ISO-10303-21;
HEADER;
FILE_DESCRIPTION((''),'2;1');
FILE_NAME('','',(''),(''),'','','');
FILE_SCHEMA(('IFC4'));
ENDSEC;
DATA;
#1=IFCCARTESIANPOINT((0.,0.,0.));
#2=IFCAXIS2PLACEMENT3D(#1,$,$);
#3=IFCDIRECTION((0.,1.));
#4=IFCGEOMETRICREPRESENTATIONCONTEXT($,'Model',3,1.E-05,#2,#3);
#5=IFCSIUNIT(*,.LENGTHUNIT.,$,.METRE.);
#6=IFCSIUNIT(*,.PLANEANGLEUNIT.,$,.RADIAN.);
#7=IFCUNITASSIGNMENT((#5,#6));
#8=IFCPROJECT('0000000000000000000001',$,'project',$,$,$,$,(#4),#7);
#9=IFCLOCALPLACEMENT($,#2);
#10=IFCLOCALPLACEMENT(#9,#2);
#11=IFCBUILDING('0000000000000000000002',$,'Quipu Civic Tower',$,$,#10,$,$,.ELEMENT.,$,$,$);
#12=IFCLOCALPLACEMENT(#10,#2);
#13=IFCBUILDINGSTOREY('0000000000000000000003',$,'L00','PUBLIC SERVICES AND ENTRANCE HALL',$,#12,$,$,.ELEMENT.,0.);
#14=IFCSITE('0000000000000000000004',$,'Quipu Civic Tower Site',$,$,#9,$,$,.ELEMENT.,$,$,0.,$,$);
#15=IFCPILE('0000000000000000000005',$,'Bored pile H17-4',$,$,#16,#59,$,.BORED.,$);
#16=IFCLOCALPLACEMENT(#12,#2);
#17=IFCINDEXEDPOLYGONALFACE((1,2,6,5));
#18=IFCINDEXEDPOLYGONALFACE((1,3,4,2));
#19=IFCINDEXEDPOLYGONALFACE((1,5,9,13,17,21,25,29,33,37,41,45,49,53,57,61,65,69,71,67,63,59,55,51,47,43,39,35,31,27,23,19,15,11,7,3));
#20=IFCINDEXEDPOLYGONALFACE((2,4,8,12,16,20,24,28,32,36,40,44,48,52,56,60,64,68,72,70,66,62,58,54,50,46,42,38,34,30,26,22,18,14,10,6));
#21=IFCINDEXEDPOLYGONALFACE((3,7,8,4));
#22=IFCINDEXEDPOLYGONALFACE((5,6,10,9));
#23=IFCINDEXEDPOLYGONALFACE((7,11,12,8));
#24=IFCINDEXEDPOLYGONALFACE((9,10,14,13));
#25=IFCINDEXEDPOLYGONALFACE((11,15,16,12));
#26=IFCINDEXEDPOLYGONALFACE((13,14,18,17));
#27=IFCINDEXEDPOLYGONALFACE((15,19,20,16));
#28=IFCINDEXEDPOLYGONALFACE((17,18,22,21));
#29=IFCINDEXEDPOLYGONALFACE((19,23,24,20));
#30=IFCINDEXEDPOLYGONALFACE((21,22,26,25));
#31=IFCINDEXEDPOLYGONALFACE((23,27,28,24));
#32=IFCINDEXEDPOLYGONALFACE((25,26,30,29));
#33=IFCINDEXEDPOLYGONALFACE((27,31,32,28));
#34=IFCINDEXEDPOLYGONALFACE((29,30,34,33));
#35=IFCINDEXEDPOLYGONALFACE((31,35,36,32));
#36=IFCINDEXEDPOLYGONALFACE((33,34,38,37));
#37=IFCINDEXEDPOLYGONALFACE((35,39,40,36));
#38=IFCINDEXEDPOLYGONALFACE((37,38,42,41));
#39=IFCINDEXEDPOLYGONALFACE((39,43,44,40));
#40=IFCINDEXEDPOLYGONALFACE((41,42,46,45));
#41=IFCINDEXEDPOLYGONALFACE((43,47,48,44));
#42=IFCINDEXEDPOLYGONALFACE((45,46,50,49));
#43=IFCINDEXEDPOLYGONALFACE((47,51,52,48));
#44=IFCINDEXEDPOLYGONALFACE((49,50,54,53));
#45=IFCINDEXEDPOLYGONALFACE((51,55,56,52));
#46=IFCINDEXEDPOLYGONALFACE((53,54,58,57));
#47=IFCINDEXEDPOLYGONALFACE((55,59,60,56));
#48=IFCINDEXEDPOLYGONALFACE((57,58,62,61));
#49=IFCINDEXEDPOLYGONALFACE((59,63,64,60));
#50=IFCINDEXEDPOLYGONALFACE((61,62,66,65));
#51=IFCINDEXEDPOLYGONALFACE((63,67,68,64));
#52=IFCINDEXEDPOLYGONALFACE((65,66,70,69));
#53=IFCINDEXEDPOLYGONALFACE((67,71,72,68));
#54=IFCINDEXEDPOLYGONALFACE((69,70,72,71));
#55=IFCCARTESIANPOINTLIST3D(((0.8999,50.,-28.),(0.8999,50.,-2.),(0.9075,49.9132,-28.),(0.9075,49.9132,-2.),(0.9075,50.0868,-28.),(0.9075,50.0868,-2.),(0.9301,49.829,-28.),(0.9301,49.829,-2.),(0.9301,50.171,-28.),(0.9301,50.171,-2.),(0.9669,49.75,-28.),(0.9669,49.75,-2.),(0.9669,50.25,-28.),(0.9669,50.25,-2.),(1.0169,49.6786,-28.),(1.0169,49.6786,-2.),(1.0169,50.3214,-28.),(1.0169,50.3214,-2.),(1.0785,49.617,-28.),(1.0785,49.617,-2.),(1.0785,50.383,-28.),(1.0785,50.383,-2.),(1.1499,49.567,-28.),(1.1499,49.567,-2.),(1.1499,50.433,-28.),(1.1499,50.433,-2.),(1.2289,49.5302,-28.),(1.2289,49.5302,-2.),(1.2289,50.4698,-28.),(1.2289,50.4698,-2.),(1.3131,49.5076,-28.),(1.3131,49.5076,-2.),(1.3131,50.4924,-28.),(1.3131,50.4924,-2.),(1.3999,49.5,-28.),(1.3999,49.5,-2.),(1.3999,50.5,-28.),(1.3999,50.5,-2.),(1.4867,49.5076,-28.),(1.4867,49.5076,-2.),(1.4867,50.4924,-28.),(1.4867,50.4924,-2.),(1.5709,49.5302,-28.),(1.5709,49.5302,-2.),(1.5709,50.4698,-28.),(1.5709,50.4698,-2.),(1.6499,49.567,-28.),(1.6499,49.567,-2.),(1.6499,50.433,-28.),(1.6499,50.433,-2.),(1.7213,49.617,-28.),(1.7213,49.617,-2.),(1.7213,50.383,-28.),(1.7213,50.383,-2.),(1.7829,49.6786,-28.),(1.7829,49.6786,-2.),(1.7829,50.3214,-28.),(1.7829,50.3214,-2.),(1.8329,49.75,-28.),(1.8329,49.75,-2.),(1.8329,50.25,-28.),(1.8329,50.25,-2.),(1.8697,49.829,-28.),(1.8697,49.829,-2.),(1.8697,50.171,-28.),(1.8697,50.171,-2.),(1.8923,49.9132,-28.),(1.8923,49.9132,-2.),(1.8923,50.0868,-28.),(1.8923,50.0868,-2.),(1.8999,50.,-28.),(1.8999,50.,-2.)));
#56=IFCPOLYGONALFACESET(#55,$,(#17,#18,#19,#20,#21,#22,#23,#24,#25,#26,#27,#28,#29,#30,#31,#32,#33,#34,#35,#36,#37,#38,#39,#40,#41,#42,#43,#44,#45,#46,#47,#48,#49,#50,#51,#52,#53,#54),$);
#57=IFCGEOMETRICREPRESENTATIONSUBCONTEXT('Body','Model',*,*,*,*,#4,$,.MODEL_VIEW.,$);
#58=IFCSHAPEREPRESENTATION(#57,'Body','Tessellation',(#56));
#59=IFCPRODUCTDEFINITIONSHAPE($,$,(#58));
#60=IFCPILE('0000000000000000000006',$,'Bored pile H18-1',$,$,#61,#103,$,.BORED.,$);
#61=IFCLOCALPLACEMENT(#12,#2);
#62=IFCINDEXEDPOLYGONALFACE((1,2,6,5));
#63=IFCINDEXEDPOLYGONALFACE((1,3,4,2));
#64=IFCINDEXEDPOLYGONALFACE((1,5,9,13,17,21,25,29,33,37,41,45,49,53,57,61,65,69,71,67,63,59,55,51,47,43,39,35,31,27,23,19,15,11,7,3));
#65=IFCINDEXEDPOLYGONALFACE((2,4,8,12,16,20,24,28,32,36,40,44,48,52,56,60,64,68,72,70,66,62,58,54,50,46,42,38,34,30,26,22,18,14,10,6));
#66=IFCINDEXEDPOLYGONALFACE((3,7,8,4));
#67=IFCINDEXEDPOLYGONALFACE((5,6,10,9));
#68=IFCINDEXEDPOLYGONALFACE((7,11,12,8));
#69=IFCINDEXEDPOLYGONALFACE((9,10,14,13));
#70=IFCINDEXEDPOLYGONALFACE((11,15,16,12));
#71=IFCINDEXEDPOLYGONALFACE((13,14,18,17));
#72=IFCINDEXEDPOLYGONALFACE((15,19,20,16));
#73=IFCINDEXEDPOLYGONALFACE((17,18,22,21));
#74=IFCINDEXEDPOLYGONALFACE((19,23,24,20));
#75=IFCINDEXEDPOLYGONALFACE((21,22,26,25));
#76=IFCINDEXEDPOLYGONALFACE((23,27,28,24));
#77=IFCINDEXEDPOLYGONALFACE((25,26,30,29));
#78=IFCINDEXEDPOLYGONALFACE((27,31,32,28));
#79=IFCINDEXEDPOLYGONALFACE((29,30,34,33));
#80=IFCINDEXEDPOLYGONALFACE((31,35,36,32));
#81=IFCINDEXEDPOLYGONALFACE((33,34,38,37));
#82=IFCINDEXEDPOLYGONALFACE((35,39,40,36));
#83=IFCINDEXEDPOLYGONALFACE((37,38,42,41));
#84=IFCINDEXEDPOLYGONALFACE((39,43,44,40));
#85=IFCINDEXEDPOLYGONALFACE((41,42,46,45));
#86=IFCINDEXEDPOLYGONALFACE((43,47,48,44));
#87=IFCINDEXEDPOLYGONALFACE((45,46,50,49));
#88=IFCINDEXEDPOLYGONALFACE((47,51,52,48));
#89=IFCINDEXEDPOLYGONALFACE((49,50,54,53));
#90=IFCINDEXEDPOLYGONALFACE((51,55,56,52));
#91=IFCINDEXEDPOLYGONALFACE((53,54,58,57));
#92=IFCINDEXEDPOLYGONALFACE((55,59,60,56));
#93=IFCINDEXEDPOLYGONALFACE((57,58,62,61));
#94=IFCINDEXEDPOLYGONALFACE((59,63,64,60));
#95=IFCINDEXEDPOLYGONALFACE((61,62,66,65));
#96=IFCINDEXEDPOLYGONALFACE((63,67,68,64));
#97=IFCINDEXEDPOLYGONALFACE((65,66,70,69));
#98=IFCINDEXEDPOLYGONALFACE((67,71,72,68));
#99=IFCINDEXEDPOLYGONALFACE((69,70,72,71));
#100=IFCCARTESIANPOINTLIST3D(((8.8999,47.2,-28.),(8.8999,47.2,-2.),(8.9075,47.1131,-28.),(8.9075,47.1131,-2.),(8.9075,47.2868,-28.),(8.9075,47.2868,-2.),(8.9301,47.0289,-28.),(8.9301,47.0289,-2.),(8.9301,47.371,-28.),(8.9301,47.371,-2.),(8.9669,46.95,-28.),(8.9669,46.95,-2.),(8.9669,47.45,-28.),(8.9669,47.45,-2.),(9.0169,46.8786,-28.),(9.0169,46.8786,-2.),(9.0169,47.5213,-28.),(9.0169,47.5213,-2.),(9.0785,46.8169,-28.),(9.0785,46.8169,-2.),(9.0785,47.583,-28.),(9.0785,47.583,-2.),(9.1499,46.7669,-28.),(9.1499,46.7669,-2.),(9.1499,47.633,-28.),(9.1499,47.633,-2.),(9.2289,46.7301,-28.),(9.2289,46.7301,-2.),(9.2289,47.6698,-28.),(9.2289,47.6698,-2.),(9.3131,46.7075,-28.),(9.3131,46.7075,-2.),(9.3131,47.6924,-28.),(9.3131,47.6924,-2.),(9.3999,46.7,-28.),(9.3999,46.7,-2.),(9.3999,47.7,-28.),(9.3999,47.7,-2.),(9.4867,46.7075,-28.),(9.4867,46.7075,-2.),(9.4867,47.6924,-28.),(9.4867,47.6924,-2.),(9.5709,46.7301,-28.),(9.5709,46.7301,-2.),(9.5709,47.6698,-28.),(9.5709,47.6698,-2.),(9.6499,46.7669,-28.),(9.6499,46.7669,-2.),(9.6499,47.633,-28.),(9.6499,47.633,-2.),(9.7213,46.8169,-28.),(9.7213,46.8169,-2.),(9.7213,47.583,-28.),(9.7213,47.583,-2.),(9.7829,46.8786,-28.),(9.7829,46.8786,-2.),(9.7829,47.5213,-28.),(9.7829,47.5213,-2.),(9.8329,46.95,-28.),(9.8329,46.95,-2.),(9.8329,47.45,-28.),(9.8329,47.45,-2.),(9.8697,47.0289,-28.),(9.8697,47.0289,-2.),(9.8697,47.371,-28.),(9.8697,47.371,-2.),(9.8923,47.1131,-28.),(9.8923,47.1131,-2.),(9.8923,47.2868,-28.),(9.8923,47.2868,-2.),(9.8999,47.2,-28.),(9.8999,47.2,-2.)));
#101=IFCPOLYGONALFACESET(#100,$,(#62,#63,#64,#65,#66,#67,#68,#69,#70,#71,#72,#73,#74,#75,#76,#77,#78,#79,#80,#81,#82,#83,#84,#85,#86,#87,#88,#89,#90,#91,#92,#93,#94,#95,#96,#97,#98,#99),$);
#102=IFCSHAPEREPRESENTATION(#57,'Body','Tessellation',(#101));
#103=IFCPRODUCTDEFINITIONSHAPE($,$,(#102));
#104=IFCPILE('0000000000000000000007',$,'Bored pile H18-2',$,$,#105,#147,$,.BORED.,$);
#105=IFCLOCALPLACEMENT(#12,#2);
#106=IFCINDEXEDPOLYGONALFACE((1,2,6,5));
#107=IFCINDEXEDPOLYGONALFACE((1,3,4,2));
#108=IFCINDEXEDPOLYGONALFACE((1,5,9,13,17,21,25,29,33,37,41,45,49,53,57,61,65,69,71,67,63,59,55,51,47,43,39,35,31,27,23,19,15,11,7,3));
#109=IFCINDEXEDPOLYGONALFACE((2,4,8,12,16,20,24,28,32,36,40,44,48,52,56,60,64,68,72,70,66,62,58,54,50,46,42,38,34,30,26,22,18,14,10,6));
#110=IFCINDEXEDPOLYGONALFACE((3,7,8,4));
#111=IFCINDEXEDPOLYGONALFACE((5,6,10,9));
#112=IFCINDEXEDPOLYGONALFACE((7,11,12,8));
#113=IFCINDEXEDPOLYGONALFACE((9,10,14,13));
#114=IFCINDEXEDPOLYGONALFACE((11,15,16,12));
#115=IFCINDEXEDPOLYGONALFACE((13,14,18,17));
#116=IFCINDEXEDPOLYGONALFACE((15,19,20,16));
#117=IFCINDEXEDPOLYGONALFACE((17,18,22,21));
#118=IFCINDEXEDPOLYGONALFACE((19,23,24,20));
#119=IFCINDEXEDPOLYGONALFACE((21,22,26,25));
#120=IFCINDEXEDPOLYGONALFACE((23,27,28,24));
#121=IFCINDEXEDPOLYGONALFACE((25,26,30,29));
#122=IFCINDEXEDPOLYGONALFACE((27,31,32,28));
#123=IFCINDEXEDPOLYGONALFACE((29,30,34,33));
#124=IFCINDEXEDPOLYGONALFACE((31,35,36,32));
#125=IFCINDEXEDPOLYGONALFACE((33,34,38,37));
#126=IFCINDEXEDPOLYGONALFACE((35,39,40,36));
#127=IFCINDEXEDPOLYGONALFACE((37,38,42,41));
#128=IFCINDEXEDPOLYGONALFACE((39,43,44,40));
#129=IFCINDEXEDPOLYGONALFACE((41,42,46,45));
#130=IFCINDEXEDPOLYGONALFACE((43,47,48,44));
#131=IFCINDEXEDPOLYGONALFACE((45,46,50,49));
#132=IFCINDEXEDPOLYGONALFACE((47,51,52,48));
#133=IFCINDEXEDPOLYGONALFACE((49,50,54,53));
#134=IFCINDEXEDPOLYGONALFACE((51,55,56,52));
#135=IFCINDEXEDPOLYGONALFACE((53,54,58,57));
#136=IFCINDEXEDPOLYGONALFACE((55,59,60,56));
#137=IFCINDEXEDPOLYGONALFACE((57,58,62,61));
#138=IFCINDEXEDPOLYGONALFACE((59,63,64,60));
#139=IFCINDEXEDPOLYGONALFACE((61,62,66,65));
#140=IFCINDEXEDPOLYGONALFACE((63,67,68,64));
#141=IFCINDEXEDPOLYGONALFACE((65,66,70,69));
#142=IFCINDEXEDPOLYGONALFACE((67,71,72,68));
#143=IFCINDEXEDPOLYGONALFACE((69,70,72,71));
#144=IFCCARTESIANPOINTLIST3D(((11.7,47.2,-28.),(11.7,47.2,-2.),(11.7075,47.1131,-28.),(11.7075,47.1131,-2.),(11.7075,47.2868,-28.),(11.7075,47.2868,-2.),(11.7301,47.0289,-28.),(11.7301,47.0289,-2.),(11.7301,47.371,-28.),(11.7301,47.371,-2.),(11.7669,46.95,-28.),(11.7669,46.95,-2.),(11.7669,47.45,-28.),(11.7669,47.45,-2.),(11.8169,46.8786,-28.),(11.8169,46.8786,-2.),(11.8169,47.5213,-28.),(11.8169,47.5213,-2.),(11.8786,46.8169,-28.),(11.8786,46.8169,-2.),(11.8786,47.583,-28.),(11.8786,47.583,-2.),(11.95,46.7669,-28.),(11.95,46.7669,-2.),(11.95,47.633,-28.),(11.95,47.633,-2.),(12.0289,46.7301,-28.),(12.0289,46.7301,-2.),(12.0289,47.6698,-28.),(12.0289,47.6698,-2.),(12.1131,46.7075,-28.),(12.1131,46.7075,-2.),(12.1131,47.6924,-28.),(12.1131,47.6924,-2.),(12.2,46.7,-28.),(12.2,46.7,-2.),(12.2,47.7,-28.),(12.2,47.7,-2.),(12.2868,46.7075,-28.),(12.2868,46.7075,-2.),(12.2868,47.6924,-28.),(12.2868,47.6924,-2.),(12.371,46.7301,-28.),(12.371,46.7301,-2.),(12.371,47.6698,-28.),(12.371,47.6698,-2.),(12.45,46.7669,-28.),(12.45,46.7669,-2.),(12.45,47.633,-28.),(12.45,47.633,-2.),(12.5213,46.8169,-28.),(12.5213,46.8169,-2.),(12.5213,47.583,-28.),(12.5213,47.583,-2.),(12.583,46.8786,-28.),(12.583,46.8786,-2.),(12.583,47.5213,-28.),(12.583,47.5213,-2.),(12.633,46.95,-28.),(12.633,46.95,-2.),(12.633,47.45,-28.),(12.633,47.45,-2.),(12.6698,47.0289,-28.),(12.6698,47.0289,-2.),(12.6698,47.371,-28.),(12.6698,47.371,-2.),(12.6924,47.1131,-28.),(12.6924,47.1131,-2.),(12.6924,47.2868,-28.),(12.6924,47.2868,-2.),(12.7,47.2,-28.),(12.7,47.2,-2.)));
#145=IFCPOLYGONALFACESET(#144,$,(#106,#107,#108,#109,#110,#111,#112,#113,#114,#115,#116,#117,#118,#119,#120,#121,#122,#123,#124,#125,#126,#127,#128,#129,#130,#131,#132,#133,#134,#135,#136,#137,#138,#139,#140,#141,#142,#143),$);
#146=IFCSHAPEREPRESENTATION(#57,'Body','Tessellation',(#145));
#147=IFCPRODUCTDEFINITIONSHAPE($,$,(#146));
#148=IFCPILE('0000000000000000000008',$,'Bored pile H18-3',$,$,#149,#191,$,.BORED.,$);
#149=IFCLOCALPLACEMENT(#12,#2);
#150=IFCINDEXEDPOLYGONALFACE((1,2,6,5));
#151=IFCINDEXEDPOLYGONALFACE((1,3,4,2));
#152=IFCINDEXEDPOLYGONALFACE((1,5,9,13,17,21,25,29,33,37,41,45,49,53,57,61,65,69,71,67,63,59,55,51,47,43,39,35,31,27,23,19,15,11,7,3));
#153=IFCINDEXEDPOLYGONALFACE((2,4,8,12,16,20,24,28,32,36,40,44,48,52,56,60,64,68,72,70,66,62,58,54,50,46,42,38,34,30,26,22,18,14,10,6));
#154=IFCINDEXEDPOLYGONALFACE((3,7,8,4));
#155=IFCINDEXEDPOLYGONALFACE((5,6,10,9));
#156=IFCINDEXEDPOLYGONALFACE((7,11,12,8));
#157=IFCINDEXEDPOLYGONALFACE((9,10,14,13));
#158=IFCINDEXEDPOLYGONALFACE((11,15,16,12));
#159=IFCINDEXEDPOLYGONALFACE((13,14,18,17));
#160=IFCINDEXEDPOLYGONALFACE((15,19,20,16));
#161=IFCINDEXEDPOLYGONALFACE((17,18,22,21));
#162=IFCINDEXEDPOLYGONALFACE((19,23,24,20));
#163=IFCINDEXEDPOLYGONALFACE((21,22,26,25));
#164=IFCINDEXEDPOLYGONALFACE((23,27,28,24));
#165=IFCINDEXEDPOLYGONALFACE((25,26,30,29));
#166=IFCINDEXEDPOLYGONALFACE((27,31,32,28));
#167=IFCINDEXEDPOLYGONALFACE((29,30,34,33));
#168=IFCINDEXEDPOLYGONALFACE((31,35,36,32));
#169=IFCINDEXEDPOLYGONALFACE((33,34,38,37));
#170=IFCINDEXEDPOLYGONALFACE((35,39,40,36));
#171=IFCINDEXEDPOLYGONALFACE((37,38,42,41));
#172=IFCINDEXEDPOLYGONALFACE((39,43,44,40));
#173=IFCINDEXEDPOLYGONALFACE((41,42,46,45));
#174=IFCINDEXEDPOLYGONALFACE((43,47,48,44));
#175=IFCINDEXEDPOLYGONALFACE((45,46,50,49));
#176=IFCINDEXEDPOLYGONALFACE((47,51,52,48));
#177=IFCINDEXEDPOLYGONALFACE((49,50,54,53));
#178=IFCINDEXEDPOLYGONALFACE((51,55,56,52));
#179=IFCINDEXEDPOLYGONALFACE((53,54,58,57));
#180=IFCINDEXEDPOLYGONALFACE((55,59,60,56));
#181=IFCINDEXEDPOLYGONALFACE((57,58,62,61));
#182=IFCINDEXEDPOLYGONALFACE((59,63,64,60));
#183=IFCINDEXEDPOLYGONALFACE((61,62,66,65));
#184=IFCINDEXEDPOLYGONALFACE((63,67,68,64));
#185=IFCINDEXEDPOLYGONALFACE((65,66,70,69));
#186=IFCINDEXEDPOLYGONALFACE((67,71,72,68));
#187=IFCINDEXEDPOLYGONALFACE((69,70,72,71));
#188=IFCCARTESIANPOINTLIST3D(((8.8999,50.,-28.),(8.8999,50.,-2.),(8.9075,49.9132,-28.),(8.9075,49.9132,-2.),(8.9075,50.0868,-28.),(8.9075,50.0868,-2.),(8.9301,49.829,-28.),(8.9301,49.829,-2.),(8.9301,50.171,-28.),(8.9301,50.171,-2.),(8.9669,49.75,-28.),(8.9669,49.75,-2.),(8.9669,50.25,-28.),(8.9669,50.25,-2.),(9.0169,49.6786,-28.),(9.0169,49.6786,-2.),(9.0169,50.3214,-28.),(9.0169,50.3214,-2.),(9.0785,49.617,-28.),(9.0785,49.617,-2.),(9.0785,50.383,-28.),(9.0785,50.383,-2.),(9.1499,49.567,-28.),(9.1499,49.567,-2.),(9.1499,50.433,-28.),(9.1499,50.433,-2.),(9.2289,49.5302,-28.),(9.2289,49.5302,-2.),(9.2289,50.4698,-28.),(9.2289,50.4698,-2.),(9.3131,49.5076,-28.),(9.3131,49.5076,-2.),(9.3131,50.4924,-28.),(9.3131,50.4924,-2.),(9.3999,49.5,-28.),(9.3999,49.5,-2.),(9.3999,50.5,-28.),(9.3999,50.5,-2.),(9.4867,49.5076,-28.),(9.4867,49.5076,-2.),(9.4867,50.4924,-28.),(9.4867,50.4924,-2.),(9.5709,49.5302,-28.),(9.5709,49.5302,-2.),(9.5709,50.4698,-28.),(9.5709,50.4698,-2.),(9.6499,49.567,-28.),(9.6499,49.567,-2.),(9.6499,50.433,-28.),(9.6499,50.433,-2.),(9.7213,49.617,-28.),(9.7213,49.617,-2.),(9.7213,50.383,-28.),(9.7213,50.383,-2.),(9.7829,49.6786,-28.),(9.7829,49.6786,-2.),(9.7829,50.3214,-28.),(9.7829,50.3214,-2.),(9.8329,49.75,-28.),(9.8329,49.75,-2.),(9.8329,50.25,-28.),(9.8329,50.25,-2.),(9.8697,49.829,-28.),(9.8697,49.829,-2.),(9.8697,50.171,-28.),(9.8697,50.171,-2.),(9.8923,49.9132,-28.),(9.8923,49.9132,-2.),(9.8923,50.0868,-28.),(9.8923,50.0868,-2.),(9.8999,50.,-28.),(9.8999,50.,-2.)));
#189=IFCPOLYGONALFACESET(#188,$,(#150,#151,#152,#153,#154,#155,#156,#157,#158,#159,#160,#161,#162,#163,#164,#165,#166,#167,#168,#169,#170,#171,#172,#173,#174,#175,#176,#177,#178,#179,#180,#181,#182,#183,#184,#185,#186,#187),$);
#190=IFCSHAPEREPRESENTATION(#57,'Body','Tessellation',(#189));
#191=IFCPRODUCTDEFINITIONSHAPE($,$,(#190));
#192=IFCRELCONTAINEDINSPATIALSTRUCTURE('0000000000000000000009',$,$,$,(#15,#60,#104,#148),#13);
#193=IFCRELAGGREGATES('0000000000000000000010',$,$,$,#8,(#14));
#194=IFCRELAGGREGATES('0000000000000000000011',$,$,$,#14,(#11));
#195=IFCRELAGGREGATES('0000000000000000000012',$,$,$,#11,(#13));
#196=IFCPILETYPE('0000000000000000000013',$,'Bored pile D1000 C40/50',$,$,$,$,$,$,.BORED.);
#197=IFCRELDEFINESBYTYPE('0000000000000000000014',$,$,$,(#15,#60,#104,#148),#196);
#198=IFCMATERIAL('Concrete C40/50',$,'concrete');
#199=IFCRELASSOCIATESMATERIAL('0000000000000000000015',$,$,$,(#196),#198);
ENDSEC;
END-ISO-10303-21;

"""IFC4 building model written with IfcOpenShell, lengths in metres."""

from ifc_helpers import new_model, si_unit, direction, frame, origin, origin_2d, place, context, subcontext, project, spatial, circle, extrude, material, material_profile, profile_set, type_object, element, save


model = new_model("IFC4")

# Units and contexts
model_context = context("Model", 3, precision=1e-05, world=origin(), true_north=direction((0.0, 1.0)))
body_context = subcontext(model_context, "Body", "Model", "MODEL_VIEW")
ifc_project = project(units=[si_unit("LENGTHUNIT", "METRE"), si_unit("PLANEANGLEUNIT", "RADIAN")], contexts=[model_context])

# Site, building, storey
site_placement = place(None, origin())
site = spatial("IfcSite", under=ifc_project, at=site_placement, Name="Quipu Civic Tower Site", CompositionType="ELEMENT", RefElevation=0.0)
building_placement = place(site_placement, origin())
building = spatial("IfcBuilding", under=site, at=building_placement, Name="Quipu Civic Tower", CompositionType="ELEMENT")
storey_placement = place(building_placement, origin())
storey = spatial("IfcBuildingStorey", under=building, at=storey_placement, Name="L00", Description="PUBLIC SERVICES AND ENTRANCE HALL", CompositionType="ELEMENT", Elevation=0.0)

# Piles
ifc_material_1 = material(Name="Concrete C40/50", Category="concrete")
ifc_material_profile_1 = material_profile(ifc_material_1, circle(Radius=0.5, at=origin_2d()), Name="RCD1000")
ifc_profile_set_1 = profile_set([ifc_material_profile_1], Name="Concrete C40/50")
pile_type = type_object("IfcPileType", Name="Bored pile D1000 C40/50", PredefinedType="BORED", material=ifc_profile_set_1)
for number, where, z_axis, x_axis, name in (
    (1, (1.3999, 50.0, -2.0), (0.0, 0.0, -1.0), (1.0, 0.0, 0.0), "Bored pile H17-4"),
    (2, (9.3999, 47.2, -2.0), (0.0, 0.0, -1.0), (1.0, 0.0, 0.0), "Bored pile H18-1"),
    (3, (12.2, 47.2, -2.0), (0.0, 0.0, -1.0), (1.0, 0.0, 0.0), "Bored pile H18-2"),
    (4, (9.3999, 50.0, -2.0), (0.0, 0.0, -1.0), (1.0, 0.0, 0.0), "Bored pile H18-3"),
):
    element("IfcPile", number, at=place(storey_placement, frame(where, z_axis=z_axis, x_axis=x_axis)), inside=storey, type_object=pile_type, Name=name, PredefinedType="BORED", context=body_context, shape_type="SweptSolid", body=[
        extrude(circle(Radius=0.5, at=origin_2d()), origin(), (0.0, 0.0, 1.0), 26.0),
    ])

save(model, "model.ifc")
